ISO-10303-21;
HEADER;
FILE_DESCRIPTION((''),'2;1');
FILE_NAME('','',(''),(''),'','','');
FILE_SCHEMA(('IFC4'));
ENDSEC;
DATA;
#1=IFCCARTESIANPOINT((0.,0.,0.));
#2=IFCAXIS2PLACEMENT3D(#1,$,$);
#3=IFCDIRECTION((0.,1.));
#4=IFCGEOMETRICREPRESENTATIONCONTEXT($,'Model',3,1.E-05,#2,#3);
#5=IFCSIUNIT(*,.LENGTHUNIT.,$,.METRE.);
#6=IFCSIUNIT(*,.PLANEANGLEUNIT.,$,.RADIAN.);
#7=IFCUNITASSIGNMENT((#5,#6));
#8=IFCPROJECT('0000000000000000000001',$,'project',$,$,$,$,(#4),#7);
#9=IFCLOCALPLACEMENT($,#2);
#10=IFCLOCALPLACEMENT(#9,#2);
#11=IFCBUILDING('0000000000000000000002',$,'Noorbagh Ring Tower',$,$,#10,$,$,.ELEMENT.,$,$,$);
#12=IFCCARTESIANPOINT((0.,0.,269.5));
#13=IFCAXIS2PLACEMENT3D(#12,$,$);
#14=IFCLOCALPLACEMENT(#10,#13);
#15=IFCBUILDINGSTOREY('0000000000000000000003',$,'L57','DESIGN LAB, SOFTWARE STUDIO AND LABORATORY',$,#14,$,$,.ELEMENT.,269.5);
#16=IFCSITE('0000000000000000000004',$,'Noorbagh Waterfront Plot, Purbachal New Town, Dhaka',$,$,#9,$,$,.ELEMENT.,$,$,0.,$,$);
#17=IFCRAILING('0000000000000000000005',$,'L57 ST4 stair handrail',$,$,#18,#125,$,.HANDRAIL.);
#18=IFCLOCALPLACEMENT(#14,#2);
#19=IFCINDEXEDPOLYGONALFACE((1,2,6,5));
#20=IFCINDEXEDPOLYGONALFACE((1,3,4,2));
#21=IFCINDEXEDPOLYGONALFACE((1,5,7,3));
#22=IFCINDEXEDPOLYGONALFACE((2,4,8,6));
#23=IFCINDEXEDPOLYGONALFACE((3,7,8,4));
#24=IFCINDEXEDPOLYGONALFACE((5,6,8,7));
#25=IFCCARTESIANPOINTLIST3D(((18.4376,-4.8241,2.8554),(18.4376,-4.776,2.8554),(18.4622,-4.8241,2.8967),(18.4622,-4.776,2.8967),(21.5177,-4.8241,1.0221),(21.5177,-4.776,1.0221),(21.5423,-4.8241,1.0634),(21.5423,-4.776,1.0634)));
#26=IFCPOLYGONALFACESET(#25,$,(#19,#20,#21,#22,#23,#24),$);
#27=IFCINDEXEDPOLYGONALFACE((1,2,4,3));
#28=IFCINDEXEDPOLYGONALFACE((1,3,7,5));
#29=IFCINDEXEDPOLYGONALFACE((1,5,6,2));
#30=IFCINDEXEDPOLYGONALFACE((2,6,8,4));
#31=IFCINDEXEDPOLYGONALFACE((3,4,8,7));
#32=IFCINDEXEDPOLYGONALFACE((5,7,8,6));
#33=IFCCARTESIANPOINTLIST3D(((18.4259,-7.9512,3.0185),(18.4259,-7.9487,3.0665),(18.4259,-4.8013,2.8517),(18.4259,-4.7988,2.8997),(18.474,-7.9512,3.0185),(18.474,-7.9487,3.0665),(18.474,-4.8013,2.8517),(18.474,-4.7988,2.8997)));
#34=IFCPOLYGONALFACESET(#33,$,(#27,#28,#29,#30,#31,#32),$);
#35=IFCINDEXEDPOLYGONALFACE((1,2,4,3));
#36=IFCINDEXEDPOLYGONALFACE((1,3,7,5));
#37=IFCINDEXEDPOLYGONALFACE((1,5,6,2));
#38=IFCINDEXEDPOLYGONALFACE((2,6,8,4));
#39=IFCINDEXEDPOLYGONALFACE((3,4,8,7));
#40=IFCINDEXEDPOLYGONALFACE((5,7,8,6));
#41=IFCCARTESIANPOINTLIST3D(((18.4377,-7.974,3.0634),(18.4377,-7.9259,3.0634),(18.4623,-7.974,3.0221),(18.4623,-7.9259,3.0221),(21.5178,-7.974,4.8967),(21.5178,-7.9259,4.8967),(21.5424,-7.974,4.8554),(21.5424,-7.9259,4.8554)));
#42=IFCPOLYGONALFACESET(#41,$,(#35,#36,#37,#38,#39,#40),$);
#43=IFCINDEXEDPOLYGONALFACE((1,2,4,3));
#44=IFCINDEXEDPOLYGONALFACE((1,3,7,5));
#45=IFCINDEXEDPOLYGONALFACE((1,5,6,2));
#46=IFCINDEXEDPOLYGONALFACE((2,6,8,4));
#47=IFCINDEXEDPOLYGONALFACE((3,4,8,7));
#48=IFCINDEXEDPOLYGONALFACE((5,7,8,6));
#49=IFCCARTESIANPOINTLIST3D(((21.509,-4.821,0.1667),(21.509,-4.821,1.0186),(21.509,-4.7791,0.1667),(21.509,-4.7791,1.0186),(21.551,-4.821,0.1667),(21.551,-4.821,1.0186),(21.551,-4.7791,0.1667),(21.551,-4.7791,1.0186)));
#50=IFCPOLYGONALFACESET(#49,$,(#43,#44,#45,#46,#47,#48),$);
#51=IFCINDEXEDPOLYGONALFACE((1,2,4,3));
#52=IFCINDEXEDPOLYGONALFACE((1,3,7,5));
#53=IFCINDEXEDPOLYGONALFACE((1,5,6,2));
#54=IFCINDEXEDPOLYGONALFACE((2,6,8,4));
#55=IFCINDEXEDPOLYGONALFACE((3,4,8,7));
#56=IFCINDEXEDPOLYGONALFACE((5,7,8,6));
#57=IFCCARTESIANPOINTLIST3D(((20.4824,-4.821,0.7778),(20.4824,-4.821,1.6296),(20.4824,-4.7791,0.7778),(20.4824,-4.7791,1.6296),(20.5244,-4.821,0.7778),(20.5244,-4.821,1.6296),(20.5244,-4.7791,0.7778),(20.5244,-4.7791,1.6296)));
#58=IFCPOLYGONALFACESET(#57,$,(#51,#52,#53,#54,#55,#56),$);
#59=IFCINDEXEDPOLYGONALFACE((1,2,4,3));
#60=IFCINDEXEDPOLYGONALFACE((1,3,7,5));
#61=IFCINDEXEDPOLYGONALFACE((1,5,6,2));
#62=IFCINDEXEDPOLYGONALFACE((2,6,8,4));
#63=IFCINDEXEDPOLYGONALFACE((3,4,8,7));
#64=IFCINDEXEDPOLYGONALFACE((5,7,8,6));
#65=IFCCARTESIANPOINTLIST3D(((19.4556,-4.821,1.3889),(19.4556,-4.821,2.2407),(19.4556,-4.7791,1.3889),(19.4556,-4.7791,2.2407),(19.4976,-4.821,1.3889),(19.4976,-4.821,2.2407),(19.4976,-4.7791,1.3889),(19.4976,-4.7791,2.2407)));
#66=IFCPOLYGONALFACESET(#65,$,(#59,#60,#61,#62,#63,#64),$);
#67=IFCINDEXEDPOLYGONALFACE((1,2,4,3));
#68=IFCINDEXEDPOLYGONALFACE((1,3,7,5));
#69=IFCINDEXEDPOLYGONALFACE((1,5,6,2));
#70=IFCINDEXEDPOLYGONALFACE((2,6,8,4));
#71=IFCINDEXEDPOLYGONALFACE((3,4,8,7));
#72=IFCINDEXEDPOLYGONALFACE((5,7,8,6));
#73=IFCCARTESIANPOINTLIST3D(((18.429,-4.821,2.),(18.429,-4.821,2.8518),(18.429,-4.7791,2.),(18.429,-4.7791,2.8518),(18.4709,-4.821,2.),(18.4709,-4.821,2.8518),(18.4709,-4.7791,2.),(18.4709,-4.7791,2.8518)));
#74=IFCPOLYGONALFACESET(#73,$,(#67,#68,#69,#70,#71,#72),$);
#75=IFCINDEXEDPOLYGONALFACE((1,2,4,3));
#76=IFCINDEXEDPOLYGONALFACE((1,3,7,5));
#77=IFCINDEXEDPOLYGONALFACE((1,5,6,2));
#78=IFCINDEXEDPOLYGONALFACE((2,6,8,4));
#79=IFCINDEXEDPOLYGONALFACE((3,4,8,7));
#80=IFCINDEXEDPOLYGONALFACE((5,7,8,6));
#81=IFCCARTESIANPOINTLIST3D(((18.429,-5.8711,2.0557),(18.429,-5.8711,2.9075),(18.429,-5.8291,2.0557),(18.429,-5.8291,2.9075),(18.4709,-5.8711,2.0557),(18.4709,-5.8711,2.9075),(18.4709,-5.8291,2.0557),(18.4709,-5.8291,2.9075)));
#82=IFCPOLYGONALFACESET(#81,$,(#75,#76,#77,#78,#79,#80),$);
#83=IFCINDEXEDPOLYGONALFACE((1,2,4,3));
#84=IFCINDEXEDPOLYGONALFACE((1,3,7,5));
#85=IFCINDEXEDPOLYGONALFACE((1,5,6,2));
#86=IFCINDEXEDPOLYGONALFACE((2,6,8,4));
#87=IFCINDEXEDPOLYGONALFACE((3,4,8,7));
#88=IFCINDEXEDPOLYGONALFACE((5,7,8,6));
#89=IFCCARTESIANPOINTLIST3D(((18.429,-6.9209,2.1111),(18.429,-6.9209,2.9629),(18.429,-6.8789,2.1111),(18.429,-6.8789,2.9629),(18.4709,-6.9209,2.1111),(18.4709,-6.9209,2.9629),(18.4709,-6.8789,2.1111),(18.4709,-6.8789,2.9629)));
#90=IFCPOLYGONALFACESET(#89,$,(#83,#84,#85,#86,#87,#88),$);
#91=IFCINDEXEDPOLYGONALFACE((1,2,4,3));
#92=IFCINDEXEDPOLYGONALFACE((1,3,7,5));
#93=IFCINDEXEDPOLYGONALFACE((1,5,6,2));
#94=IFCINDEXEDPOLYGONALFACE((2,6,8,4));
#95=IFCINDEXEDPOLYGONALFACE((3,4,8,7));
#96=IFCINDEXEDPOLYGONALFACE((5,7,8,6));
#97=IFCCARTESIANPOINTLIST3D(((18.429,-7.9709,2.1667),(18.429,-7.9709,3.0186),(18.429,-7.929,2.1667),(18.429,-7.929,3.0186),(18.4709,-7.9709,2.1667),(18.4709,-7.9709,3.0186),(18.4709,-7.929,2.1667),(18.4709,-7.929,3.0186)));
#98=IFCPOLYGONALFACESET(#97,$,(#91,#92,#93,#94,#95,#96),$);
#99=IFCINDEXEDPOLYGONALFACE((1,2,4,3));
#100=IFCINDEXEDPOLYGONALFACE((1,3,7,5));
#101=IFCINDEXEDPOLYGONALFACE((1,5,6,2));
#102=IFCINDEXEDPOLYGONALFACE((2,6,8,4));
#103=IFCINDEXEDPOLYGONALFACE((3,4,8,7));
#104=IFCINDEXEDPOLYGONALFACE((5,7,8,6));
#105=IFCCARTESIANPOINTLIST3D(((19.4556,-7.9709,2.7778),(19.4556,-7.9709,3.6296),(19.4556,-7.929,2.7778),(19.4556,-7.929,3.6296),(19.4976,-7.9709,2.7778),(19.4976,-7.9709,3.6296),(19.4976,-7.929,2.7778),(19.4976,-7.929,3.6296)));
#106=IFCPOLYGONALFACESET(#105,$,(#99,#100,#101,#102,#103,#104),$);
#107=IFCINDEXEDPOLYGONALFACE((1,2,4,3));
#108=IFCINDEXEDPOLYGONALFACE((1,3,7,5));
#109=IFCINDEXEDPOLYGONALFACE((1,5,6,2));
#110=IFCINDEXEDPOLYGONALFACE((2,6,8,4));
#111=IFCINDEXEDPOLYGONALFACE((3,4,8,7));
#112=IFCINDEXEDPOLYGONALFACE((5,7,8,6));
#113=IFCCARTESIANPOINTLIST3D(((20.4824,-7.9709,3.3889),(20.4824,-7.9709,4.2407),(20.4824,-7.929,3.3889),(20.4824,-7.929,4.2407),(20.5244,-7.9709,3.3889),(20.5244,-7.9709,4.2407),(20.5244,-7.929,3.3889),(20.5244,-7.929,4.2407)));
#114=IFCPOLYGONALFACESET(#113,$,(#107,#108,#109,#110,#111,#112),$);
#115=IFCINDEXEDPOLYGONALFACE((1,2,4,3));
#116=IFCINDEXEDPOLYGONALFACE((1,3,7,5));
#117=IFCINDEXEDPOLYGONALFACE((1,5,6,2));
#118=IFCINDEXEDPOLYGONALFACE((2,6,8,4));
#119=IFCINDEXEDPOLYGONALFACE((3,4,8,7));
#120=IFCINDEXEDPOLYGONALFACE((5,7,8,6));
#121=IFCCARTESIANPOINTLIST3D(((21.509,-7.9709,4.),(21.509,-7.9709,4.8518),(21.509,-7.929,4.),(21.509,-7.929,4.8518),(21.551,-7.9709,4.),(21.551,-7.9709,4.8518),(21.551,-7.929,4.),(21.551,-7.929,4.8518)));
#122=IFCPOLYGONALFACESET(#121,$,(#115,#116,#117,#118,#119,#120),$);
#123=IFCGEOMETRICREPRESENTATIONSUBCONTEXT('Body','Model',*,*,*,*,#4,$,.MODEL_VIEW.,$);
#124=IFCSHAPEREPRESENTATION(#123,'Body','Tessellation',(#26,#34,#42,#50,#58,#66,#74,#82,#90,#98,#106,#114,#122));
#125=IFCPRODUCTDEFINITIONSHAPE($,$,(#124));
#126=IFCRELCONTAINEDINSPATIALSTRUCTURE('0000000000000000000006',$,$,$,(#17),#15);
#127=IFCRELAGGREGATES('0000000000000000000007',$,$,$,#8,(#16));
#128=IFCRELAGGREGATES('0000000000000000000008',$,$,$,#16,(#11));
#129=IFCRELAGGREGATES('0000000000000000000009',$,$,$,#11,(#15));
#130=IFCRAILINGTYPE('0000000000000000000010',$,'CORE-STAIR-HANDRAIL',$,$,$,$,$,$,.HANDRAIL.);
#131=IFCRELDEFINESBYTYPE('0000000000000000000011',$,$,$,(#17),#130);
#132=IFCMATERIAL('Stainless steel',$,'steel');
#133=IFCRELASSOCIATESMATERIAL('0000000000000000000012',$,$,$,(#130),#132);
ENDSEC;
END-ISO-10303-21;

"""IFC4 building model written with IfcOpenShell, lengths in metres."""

from ifc_helpers import new_model, si_unit, direction, frame, origin, origin_2d, place, context, subcontext, project, spatial, rectangle, extrude, material, type_object, element, save


model = new_model("IFC4")

# Units and contexts
model_context = context("Model", 3, precision=1e-05, world=origin(), true_north=direction((0.0, 1.0)))
body_context = subcontext(model_context, "Body", "Model", "MODEL_VIEW")
ifc_project = project(units=[si_unit("LENGTHUNIT", "METRE"), si_unit("PLANEANGLEUNIT", "RADIAN")], contexts=[model_context])

# Site, building, storey
site_placement = place(None, origin())
site = spatial("IfcSite", under=ifc_project, at=site_placement, Name="Noorbagh Waterfront Plot, Purbachal New Town, Dhaka", CompositionType="ELEMENT", RefElevation=0.0)
building_placement = place(site_placement, origin())
building = spatial("IfcBuilding", under=site, at=building_placement, Name="Noorbagh Ring Tower", CompositionType="ELEMENT")
storey_placement = place(building_placement, frame((0.0, 0.0, 269.5)))
storey = spatial("IfcBuildingStorey", under=building, at=storey_placement, Name="L57", Description="DESIGN LAB, SOFTWARE STUDIO AND LABORATORY", CompositionType="ELEMENT", Elevation=269.5)

# Railing
ifc_material_1 = material(Name="Stainless steel", Category="steel")
railing_type_1 = type_object("IfcRailingType", Name="CORE-STAIR-HANDRAIL", PredefinedType="HANDRAIL", material=ifc_material_1)
railing_1_placement = place(storey_placement, frame((21.53, -4.8, 0.1667)))
element("IfcRailing", 1, at=railing_1_placement, inside=storey, type_object=railing_type_1, Name="L57 ST4 stair handrail", PredefinedType="HANDRAIL", context=body_context, shape_type="SweptSolid", body=[
    extrude(rectangle(XDim=0.0481, YDim=0.0481, at=origin_2d()), frame((0.0, 0.0, 0.876), z_axis=(-0.859309, 0.0, 0.511458), x_axis=(0.0, -1.0, 0.0)), (0.0, 0.0, 1.0), 3.5845),
    extrude(rectangle(XDim=0.0481, YDim=0.0481, at=origin_2d()), frame((-3.0801, 0.0, 2.709), z_axis=(0.0, -0.998602, 0.052864), x_axis=(1.0, 0.0, 0.0)), (0.0, 0.0, 1.0), 3.1543),
    extrude(rectangle(XDim=0.0481, YDim=0.0481, at=origin_2d()), frame((-3.0801, -3.1499, 2.876), z_axis=(0.859309, 0.0, 0.511458), x_axis=(0.0, 1.0, 0.0)), (0.0, 0.0, 1.0), 3.5845),
    extrude(rectangle(XDim=0.042, YDim=0.042, at=origin_2d()), origin(), (0.0, 0.0, 1.0), 0.8518),
    extrude(rectangle(XDim=0.042, YDim=0.042, at=origin_2d()), frame((-1.0266, 0.0, 0.6111)), (0.0, 0.0, 1.0), 0.8518),
    extrude(rectangle(XDim=0.042, YDim=0.042, at=origin_2d()), frame((-2.0535, 0.0, 1.2222)), (0.0, 0.0, 1.0), 0.8518),
    extrude(rectangle(XDim=0.042, YDim=0.042, at=origin_2d()), frame((-3.0801, 0.0, 1.8333)), (0.0, 0.0, 1.0), 0.8518),
    extrude(rectangle(XDim=0.042, YDim=0.042, at=origin_2d()), frame((-3.0801, -1.05, 1.8889)), (0.0, 0.0, 1.0), 0.8518),
    extrude(rectangle(XDim=0.042, YDim=0.042, at=origin_2d()), frame((-3.0801, -2.0999, 1.9443)), (0.0, 0.0, 1.0), 0.8518),
    extrude(rectangle(XDim=0.042, YDim=0.042, at=origin_2d()), frame((-3.0801, -3.1499, 2.0)), (0.0, 0.0, 1.0), 0.8518),
    extrude(rectangle(XDim=0.042, YDim=0.042, at=origin_2d()), frame((-2.0535, -3.1499, 2.6111)), (0.0, 0.0, 1.0), 0.8518),
    extrude(rectangle(XDim=0.042, YDim=0.042, at=origin_2d()), frame((-1.0266, -3.1499, 3.2222)), (0.0, 0.0, 1.0), 0.8518),
    extrude(rectangle(XDim=0.042, YDim=0.042, at=origin_2d()), frame((0.0, -3.1499, 3.8333)), (0.0, 0.0, 1.0), 0.8518),
])

save(model, "model.ifc")
